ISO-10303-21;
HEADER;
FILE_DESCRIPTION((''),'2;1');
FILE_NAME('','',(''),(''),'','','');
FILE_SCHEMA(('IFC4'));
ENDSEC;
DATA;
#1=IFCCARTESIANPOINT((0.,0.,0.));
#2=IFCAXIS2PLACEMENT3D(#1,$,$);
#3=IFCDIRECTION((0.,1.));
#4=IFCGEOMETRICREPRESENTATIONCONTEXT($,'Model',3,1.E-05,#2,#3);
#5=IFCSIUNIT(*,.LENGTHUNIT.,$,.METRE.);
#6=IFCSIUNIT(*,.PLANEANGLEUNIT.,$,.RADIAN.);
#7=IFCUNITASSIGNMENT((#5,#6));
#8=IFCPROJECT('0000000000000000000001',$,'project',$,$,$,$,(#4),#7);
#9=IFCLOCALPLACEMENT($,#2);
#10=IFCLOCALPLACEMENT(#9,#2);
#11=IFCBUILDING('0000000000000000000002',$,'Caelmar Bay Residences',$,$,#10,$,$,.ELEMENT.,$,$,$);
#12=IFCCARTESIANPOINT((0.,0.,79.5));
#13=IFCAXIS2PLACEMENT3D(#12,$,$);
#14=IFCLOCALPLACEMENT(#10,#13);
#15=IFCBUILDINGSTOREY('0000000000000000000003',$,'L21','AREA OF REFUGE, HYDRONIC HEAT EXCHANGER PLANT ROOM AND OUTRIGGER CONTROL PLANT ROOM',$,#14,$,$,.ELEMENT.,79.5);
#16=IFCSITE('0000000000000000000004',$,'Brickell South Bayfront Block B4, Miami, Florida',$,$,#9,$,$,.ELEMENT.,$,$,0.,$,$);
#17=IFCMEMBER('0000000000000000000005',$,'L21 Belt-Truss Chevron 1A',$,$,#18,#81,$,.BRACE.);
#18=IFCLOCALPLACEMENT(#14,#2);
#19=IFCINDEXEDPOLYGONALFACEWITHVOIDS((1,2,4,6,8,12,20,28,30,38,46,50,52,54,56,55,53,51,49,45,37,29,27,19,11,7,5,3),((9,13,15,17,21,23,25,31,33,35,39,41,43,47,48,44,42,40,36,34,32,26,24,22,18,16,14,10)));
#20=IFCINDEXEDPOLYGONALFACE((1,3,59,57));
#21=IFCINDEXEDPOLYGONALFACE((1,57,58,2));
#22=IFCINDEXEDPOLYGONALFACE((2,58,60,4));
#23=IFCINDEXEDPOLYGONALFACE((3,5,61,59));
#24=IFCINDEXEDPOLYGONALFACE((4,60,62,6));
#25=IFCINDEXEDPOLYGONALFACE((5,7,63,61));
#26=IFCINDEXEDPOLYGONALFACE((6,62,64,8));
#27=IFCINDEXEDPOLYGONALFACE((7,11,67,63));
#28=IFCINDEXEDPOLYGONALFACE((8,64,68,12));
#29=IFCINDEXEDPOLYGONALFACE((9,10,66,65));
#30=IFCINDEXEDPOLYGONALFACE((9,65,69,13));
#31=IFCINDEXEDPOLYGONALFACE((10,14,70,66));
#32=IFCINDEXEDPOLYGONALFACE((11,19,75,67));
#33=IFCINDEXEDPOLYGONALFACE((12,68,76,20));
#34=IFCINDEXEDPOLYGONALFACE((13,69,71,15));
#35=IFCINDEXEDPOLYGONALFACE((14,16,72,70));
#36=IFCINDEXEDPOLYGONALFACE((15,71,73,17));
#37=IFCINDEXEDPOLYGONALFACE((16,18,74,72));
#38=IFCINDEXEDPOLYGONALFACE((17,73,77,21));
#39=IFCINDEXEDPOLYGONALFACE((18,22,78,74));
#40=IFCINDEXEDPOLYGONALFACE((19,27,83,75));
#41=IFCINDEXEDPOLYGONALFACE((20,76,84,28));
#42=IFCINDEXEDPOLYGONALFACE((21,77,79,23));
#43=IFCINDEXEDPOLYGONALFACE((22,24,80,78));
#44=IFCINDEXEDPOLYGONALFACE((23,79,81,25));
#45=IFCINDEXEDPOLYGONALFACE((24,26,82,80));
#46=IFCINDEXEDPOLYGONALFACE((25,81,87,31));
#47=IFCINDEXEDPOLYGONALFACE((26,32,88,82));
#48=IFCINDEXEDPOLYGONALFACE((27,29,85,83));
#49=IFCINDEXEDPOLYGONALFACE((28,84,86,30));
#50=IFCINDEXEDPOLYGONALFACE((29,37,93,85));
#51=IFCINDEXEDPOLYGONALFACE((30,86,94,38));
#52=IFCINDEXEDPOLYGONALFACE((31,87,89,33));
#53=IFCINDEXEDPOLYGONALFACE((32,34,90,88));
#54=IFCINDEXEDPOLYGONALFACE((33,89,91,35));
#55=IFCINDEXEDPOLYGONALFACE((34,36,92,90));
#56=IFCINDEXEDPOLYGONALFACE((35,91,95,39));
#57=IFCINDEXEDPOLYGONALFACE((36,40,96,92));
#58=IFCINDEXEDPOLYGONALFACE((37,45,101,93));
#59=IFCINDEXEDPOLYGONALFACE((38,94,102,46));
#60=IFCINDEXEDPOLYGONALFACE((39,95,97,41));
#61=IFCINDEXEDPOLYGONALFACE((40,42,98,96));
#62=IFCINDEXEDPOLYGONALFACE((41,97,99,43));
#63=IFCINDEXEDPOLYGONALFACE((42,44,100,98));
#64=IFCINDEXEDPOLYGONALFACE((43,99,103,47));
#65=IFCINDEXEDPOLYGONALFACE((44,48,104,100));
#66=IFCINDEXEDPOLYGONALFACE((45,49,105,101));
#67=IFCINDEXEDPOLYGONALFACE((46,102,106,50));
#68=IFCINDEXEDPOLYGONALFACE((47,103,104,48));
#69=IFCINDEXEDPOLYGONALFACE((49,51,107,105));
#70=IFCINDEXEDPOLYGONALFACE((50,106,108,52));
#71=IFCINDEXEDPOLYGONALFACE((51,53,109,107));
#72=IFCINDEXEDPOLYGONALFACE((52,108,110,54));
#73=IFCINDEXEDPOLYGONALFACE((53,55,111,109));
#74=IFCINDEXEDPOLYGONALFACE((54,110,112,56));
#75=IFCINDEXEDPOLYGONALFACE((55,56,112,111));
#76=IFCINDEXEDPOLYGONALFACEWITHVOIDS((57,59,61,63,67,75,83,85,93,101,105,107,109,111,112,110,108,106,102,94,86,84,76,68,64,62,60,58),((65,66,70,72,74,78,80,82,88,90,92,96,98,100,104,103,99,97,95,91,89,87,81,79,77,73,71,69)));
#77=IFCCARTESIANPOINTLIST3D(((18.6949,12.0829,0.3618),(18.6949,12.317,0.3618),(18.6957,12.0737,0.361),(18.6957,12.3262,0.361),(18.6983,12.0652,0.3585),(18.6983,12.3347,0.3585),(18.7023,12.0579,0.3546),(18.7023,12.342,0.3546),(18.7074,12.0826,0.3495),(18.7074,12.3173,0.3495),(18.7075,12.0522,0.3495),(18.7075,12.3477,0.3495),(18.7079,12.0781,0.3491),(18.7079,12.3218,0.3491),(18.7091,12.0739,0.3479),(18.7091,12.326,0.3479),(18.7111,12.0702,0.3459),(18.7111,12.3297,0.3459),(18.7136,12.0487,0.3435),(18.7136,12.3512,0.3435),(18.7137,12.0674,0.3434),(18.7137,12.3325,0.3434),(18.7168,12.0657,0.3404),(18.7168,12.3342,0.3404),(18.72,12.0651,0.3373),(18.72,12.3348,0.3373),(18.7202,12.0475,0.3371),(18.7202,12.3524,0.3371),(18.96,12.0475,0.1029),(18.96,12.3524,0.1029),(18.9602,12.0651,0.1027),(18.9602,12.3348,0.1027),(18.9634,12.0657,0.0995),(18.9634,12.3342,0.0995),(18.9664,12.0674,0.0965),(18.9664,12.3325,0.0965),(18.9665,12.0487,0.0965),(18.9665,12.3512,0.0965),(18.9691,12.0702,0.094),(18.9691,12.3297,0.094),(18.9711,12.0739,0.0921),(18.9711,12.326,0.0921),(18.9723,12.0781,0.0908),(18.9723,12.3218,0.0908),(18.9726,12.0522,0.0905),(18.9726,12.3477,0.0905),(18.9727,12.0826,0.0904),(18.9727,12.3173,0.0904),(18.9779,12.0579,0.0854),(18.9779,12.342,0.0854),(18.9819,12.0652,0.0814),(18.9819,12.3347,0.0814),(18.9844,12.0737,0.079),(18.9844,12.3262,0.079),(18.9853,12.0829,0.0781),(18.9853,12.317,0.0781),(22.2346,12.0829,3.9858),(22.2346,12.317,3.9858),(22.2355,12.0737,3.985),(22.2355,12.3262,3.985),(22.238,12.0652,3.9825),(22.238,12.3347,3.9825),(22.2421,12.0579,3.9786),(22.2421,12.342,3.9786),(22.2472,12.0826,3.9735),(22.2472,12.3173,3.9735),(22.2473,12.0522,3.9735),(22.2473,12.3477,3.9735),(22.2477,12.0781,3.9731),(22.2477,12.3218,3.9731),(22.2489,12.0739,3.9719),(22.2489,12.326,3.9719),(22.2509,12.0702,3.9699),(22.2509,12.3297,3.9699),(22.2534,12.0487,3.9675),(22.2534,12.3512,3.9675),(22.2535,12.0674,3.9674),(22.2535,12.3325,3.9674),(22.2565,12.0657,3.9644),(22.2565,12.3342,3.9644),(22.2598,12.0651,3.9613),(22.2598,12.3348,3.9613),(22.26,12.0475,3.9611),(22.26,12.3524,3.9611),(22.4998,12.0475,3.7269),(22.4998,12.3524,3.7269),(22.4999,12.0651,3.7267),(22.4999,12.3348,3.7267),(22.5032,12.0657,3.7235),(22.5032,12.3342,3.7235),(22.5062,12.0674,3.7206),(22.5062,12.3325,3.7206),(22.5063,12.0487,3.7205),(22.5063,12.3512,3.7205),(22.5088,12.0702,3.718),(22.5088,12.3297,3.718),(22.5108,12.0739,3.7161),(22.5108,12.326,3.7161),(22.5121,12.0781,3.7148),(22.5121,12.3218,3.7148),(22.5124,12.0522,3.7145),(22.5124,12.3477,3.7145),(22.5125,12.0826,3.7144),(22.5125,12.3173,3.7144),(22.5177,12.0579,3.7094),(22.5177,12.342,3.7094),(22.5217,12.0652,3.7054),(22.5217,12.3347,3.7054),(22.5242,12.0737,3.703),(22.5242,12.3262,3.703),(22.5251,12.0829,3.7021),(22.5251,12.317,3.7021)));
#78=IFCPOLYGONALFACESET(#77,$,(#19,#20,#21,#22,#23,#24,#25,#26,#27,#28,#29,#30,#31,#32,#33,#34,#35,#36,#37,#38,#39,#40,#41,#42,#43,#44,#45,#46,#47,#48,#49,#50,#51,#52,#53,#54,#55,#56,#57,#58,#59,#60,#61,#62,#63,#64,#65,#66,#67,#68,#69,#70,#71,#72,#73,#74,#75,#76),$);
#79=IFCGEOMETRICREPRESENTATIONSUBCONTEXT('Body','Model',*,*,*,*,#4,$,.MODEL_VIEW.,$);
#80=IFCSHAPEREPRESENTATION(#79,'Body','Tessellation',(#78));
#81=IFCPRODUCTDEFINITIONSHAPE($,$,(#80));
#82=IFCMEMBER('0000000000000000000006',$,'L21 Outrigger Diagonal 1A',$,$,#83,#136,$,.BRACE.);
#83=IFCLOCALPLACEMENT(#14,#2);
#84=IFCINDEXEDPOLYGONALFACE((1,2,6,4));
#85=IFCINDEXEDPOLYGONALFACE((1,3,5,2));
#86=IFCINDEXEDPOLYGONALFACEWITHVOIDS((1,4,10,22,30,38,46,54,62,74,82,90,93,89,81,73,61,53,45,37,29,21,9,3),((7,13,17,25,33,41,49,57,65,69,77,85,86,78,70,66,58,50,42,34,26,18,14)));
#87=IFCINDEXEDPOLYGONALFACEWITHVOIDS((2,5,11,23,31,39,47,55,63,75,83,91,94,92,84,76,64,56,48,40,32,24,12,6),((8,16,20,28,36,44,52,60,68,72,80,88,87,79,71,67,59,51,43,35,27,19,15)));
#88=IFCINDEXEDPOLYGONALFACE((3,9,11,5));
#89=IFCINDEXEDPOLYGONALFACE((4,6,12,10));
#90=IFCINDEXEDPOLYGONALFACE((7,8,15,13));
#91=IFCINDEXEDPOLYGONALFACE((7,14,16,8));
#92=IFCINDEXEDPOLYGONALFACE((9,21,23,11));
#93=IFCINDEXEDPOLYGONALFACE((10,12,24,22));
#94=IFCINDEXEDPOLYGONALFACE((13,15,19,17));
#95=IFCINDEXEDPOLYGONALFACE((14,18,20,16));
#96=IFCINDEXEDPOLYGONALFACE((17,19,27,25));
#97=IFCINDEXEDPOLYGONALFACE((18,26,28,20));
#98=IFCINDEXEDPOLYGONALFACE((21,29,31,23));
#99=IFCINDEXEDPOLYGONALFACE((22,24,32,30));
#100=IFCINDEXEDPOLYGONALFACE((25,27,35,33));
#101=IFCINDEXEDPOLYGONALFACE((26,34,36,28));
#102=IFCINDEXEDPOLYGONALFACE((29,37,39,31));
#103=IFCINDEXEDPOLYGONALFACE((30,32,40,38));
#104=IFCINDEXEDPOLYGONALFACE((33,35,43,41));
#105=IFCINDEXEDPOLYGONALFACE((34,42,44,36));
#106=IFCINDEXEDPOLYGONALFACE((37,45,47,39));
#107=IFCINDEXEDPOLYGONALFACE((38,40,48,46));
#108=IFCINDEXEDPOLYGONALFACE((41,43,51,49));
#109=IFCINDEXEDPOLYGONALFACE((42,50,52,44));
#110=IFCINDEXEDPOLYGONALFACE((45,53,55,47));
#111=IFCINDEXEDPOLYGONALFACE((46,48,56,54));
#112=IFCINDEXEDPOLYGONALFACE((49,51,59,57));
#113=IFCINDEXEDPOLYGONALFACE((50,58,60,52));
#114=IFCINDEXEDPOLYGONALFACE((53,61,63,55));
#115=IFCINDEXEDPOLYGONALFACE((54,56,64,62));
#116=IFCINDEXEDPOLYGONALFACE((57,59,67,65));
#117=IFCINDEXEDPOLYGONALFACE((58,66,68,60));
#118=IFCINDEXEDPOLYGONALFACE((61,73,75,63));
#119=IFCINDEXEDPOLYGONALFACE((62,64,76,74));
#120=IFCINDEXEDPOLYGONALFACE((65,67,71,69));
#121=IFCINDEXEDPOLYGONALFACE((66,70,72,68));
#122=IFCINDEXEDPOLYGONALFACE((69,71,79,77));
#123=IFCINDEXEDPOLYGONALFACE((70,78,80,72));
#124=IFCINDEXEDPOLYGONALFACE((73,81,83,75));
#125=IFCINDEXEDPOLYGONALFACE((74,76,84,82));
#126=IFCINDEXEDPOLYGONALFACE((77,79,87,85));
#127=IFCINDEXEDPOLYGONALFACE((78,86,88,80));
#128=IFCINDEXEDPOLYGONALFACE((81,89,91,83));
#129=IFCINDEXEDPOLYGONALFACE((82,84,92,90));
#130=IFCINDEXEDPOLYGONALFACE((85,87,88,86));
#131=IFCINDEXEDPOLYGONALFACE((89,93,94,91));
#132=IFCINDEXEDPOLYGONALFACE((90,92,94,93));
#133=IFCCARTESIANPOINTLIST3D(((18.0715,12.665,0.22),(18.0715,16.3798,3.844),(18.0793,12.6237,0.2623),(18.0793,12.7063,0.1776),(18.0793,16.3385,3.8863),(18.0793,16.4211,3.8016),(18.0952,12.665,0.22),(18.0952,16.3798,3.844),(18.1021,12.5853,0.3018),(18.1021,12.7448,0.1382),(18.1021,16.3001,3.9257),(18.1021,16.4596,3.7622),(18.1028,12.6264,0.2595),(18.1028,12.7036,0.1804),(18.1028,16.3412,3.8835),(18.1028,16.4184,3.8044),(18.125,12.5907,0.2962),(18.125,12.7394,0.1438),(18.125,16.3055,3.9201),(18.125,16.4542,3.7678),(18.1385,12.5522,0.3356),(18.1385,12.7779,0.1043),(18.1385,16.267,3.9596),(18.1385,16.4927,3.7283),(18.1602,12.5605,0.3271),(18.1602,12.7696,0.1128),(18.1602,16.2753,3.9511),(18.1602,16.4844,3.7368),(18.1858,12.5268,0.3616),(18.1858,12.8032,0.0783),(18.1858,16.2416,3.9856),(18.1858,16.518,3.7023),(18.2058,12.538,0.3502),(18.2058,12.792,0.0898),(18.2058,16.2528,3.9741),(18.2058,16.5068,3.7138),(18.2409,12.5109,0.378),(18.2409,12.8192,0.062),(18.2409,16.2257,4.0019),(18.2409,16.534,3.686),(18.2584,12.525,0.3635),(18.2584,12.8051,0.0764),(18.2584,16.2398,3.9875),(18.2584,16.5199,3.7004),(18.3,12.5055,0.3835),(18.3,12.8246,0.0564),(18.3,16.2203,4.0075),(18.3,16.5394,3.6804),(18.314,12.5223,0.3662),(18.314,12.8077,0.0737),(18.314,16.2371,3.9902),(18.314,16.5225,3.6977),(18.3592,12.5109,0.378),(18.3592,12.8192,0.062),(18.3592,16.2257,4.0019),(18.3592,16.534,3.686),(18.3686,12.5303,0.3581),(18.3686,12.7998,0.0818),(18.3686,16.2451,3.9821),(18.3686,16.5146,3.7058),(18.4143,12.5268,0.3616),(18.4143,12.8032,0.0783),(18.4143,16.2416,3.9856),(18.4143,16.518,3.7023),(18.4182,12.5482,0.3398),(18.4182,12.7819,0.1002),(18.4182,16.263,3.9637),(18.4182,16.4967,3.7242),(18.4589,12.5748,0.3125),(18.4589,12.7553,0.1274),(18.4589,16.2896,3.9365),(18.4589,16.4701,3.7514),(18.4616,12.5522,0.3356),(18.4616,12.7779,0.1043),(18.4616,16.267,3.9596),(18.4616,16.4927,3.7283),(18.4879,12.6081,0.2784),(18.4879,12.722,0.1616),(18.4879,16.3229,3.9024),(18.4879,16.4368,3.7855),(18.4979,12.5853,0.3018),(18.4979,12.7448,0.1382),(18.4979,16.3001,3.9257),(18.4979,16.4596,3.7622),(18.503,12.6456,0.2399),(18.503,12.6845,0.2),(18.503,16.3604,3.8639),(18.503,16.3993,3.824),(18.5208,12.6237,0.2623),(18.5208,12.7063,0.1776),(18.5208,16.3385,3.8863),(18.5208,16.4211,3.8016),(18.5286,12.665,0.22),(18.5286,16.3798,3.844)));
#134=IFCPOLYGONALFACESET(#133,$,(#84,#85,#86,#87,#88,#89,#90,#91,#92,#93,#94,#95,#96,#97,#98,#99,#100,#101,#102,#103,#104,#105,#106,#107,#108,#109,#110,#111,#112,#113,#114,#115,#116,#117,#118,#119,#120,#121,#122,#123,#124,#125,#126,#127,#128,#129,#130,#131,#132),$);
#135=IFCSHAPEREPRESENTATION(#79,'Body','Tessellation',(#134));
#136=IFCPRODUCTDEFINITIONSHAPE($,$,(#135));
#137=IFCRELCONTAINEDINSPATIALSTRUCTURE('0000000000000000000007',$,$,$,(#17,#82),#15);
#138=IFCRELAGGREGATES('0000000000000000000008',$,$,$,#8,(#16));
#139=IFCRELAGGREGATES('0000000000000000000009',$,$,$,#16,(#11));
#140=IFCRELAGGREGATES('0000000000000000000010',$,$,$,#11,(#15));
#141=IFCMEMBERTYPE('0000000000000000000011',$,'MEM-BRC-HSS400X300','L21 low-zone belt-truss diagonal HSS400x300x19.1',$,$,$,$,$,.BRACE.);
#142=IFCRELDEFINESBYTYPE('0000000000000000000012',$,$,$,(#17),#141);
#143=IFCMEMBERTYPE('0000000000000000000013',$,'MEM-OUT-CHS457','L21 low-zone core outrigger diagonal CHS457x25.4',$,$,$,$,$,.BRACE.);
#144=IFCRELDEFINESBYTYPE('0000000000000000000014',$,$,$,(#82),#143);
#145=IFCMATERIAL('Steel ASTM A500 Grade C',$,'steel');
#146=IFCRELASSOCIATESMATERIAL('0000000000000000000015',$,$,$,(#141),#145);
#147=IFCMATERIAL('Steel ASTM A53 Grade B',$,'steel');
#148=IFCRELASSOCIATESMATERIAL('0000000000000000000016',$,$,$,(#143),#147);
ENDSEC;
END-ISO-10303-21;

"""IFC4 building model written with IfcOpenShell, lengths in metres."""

from ifc_helpers import new_model, si_unit, direction, frame, origin, origin_2d, place, context, subcontext, project, spatial, hollow_rectangle, hollow_circle, extrude, material, material_profile, profile_set, type_object, element, save


model = new_model("IFC4")

# Units and contexts
model_context = context("Model", 3, precision=1e-05, world=origin(), true_north=direction((0.0, 1.0)))
body_context = subcontext(model_context, "Body", "Model", "MODEL_VIEW")
ifc_project = project(units=[si_unit("LENGTHUNIT", "METRE"), si_unit("PLANEANGLEUNIT", "RADIAN")], contexts=[model_context])

# Site, building, storey
site_placement = place(None, origin())
site = spatial("IfcSite", under=ifc_project, at=site_placement, Name="Brickell South Bayfront Block B4, Miami, Florida", CompositionType="ELEMENT", RefElevation=0.0)
building_placement = place(site_placement, origin())
building = spatial("IfcBuilding", under=site, at=building_placement, Name="Caelmar Bay Residences", CompositionType="ELEMENT")
storey_placement = place(building_placement, frame((0.0, 0.0, 79.5)))
storey = spatial("IfcBuildingStorey", under=building, at=storey_placement, Name="L21", Description="AREA OF REFUGE, HYDRONIC HEAT EXCHANGER PLANT ROOM AND OUTRIGGER CONTROL PLANT ROOM", CompositionType="ELEMENT", Elevation=79.5)

# Members
ifc_material_1 = material(Name="Steel ASTM A500 Grade C", Category="steel")
ifc_material_profile_1 = material_profile(ifc_material_1, hollow_rectangle(XDim=0.3049, YDim=0.406, WallThickness=0.0176, InnerFilletRadius=0.0176, OuterFilletRadius=0.0354, at=origin_2d()), Name="HSS400X300X19.1")
ifc_profile_set_1 = profile_set([ifc_material_profile_1], Name="Steel ASTM A500 Grade C")
member_type_1 = type_object("IfcMemberType", Name="MEM-BRC-HSS400X300", Description="L21 low-zone belt-truss diagonal HSS400x300x19.1", PredefinedType="BRACE", material=ifc_profile_set_1)
member_1_placement = place(storey_placement, frame((18.8401, 12.2, 0.22), z_axis=(0.698745, 0.0, 0.715371), x_axis=(0.0, 1.0, 0.0)))
element("IfcMember", 1, at=member_1_placement, inside=storey, type_object=member_type_1, Name="L21 Belt-Truss Chevron 1A", PredefinedType="BRACE", context=body_context, shape_type="SweptSolid", body=[
    extrude(hollow_rectangle(XDim=0.3049, YDim=0.406, WallThickness=0.0176, InnerFilletRadius=0.0176, OuterFilletRadius=0.0354, at=origin_2d()), origin(), (0.0, 0.0, 1.0), 5.0659),
])
ifc_material_2 = material(Name="Steel ASTM A53 Grade B", Category="steel")
ifc_material_profile_2 = material_profile(ifc_material_2, hollow_circle(Radius=0.2285, WallThickness=0.0237, at=origin_2d()), Name="CHS457X25.4")
ifc_profile_set_2 = profile_set([ifc_material_profile_2], Name="Steel ASTM A53 Grade B")
member_type_2 = type_object("IfcMemberType", Name="MEM-OUT-CHS457", Description="L21 low-zone core outrigger diagonal CHS457x25.4", PredefinedType="BRACE", material=ifc_profile_set_2)
member_2_placement = place(storey_placement, frame((18.3, 12.665, 0.22), z_axis=(0.0, 0.715803, 0.698303), x_axis=(-1.0, 0.0, 0.0)))
element("IfcMember", 2, at=member_2_placement, inside=storey, type_object=member_type_2, Name="L21 Outrigger Diagonal 1A", PredefinedType="BRACE", context=body_context, shape_type="SweptSolid", body=[
    extrude(hollow_circle(Radius=0.2285, WallThickness=0.0237, at=origin_2d()), origin(), (0.0, 0.0, 1.0), 5.1897),
])

save(model, "model.ifc")
